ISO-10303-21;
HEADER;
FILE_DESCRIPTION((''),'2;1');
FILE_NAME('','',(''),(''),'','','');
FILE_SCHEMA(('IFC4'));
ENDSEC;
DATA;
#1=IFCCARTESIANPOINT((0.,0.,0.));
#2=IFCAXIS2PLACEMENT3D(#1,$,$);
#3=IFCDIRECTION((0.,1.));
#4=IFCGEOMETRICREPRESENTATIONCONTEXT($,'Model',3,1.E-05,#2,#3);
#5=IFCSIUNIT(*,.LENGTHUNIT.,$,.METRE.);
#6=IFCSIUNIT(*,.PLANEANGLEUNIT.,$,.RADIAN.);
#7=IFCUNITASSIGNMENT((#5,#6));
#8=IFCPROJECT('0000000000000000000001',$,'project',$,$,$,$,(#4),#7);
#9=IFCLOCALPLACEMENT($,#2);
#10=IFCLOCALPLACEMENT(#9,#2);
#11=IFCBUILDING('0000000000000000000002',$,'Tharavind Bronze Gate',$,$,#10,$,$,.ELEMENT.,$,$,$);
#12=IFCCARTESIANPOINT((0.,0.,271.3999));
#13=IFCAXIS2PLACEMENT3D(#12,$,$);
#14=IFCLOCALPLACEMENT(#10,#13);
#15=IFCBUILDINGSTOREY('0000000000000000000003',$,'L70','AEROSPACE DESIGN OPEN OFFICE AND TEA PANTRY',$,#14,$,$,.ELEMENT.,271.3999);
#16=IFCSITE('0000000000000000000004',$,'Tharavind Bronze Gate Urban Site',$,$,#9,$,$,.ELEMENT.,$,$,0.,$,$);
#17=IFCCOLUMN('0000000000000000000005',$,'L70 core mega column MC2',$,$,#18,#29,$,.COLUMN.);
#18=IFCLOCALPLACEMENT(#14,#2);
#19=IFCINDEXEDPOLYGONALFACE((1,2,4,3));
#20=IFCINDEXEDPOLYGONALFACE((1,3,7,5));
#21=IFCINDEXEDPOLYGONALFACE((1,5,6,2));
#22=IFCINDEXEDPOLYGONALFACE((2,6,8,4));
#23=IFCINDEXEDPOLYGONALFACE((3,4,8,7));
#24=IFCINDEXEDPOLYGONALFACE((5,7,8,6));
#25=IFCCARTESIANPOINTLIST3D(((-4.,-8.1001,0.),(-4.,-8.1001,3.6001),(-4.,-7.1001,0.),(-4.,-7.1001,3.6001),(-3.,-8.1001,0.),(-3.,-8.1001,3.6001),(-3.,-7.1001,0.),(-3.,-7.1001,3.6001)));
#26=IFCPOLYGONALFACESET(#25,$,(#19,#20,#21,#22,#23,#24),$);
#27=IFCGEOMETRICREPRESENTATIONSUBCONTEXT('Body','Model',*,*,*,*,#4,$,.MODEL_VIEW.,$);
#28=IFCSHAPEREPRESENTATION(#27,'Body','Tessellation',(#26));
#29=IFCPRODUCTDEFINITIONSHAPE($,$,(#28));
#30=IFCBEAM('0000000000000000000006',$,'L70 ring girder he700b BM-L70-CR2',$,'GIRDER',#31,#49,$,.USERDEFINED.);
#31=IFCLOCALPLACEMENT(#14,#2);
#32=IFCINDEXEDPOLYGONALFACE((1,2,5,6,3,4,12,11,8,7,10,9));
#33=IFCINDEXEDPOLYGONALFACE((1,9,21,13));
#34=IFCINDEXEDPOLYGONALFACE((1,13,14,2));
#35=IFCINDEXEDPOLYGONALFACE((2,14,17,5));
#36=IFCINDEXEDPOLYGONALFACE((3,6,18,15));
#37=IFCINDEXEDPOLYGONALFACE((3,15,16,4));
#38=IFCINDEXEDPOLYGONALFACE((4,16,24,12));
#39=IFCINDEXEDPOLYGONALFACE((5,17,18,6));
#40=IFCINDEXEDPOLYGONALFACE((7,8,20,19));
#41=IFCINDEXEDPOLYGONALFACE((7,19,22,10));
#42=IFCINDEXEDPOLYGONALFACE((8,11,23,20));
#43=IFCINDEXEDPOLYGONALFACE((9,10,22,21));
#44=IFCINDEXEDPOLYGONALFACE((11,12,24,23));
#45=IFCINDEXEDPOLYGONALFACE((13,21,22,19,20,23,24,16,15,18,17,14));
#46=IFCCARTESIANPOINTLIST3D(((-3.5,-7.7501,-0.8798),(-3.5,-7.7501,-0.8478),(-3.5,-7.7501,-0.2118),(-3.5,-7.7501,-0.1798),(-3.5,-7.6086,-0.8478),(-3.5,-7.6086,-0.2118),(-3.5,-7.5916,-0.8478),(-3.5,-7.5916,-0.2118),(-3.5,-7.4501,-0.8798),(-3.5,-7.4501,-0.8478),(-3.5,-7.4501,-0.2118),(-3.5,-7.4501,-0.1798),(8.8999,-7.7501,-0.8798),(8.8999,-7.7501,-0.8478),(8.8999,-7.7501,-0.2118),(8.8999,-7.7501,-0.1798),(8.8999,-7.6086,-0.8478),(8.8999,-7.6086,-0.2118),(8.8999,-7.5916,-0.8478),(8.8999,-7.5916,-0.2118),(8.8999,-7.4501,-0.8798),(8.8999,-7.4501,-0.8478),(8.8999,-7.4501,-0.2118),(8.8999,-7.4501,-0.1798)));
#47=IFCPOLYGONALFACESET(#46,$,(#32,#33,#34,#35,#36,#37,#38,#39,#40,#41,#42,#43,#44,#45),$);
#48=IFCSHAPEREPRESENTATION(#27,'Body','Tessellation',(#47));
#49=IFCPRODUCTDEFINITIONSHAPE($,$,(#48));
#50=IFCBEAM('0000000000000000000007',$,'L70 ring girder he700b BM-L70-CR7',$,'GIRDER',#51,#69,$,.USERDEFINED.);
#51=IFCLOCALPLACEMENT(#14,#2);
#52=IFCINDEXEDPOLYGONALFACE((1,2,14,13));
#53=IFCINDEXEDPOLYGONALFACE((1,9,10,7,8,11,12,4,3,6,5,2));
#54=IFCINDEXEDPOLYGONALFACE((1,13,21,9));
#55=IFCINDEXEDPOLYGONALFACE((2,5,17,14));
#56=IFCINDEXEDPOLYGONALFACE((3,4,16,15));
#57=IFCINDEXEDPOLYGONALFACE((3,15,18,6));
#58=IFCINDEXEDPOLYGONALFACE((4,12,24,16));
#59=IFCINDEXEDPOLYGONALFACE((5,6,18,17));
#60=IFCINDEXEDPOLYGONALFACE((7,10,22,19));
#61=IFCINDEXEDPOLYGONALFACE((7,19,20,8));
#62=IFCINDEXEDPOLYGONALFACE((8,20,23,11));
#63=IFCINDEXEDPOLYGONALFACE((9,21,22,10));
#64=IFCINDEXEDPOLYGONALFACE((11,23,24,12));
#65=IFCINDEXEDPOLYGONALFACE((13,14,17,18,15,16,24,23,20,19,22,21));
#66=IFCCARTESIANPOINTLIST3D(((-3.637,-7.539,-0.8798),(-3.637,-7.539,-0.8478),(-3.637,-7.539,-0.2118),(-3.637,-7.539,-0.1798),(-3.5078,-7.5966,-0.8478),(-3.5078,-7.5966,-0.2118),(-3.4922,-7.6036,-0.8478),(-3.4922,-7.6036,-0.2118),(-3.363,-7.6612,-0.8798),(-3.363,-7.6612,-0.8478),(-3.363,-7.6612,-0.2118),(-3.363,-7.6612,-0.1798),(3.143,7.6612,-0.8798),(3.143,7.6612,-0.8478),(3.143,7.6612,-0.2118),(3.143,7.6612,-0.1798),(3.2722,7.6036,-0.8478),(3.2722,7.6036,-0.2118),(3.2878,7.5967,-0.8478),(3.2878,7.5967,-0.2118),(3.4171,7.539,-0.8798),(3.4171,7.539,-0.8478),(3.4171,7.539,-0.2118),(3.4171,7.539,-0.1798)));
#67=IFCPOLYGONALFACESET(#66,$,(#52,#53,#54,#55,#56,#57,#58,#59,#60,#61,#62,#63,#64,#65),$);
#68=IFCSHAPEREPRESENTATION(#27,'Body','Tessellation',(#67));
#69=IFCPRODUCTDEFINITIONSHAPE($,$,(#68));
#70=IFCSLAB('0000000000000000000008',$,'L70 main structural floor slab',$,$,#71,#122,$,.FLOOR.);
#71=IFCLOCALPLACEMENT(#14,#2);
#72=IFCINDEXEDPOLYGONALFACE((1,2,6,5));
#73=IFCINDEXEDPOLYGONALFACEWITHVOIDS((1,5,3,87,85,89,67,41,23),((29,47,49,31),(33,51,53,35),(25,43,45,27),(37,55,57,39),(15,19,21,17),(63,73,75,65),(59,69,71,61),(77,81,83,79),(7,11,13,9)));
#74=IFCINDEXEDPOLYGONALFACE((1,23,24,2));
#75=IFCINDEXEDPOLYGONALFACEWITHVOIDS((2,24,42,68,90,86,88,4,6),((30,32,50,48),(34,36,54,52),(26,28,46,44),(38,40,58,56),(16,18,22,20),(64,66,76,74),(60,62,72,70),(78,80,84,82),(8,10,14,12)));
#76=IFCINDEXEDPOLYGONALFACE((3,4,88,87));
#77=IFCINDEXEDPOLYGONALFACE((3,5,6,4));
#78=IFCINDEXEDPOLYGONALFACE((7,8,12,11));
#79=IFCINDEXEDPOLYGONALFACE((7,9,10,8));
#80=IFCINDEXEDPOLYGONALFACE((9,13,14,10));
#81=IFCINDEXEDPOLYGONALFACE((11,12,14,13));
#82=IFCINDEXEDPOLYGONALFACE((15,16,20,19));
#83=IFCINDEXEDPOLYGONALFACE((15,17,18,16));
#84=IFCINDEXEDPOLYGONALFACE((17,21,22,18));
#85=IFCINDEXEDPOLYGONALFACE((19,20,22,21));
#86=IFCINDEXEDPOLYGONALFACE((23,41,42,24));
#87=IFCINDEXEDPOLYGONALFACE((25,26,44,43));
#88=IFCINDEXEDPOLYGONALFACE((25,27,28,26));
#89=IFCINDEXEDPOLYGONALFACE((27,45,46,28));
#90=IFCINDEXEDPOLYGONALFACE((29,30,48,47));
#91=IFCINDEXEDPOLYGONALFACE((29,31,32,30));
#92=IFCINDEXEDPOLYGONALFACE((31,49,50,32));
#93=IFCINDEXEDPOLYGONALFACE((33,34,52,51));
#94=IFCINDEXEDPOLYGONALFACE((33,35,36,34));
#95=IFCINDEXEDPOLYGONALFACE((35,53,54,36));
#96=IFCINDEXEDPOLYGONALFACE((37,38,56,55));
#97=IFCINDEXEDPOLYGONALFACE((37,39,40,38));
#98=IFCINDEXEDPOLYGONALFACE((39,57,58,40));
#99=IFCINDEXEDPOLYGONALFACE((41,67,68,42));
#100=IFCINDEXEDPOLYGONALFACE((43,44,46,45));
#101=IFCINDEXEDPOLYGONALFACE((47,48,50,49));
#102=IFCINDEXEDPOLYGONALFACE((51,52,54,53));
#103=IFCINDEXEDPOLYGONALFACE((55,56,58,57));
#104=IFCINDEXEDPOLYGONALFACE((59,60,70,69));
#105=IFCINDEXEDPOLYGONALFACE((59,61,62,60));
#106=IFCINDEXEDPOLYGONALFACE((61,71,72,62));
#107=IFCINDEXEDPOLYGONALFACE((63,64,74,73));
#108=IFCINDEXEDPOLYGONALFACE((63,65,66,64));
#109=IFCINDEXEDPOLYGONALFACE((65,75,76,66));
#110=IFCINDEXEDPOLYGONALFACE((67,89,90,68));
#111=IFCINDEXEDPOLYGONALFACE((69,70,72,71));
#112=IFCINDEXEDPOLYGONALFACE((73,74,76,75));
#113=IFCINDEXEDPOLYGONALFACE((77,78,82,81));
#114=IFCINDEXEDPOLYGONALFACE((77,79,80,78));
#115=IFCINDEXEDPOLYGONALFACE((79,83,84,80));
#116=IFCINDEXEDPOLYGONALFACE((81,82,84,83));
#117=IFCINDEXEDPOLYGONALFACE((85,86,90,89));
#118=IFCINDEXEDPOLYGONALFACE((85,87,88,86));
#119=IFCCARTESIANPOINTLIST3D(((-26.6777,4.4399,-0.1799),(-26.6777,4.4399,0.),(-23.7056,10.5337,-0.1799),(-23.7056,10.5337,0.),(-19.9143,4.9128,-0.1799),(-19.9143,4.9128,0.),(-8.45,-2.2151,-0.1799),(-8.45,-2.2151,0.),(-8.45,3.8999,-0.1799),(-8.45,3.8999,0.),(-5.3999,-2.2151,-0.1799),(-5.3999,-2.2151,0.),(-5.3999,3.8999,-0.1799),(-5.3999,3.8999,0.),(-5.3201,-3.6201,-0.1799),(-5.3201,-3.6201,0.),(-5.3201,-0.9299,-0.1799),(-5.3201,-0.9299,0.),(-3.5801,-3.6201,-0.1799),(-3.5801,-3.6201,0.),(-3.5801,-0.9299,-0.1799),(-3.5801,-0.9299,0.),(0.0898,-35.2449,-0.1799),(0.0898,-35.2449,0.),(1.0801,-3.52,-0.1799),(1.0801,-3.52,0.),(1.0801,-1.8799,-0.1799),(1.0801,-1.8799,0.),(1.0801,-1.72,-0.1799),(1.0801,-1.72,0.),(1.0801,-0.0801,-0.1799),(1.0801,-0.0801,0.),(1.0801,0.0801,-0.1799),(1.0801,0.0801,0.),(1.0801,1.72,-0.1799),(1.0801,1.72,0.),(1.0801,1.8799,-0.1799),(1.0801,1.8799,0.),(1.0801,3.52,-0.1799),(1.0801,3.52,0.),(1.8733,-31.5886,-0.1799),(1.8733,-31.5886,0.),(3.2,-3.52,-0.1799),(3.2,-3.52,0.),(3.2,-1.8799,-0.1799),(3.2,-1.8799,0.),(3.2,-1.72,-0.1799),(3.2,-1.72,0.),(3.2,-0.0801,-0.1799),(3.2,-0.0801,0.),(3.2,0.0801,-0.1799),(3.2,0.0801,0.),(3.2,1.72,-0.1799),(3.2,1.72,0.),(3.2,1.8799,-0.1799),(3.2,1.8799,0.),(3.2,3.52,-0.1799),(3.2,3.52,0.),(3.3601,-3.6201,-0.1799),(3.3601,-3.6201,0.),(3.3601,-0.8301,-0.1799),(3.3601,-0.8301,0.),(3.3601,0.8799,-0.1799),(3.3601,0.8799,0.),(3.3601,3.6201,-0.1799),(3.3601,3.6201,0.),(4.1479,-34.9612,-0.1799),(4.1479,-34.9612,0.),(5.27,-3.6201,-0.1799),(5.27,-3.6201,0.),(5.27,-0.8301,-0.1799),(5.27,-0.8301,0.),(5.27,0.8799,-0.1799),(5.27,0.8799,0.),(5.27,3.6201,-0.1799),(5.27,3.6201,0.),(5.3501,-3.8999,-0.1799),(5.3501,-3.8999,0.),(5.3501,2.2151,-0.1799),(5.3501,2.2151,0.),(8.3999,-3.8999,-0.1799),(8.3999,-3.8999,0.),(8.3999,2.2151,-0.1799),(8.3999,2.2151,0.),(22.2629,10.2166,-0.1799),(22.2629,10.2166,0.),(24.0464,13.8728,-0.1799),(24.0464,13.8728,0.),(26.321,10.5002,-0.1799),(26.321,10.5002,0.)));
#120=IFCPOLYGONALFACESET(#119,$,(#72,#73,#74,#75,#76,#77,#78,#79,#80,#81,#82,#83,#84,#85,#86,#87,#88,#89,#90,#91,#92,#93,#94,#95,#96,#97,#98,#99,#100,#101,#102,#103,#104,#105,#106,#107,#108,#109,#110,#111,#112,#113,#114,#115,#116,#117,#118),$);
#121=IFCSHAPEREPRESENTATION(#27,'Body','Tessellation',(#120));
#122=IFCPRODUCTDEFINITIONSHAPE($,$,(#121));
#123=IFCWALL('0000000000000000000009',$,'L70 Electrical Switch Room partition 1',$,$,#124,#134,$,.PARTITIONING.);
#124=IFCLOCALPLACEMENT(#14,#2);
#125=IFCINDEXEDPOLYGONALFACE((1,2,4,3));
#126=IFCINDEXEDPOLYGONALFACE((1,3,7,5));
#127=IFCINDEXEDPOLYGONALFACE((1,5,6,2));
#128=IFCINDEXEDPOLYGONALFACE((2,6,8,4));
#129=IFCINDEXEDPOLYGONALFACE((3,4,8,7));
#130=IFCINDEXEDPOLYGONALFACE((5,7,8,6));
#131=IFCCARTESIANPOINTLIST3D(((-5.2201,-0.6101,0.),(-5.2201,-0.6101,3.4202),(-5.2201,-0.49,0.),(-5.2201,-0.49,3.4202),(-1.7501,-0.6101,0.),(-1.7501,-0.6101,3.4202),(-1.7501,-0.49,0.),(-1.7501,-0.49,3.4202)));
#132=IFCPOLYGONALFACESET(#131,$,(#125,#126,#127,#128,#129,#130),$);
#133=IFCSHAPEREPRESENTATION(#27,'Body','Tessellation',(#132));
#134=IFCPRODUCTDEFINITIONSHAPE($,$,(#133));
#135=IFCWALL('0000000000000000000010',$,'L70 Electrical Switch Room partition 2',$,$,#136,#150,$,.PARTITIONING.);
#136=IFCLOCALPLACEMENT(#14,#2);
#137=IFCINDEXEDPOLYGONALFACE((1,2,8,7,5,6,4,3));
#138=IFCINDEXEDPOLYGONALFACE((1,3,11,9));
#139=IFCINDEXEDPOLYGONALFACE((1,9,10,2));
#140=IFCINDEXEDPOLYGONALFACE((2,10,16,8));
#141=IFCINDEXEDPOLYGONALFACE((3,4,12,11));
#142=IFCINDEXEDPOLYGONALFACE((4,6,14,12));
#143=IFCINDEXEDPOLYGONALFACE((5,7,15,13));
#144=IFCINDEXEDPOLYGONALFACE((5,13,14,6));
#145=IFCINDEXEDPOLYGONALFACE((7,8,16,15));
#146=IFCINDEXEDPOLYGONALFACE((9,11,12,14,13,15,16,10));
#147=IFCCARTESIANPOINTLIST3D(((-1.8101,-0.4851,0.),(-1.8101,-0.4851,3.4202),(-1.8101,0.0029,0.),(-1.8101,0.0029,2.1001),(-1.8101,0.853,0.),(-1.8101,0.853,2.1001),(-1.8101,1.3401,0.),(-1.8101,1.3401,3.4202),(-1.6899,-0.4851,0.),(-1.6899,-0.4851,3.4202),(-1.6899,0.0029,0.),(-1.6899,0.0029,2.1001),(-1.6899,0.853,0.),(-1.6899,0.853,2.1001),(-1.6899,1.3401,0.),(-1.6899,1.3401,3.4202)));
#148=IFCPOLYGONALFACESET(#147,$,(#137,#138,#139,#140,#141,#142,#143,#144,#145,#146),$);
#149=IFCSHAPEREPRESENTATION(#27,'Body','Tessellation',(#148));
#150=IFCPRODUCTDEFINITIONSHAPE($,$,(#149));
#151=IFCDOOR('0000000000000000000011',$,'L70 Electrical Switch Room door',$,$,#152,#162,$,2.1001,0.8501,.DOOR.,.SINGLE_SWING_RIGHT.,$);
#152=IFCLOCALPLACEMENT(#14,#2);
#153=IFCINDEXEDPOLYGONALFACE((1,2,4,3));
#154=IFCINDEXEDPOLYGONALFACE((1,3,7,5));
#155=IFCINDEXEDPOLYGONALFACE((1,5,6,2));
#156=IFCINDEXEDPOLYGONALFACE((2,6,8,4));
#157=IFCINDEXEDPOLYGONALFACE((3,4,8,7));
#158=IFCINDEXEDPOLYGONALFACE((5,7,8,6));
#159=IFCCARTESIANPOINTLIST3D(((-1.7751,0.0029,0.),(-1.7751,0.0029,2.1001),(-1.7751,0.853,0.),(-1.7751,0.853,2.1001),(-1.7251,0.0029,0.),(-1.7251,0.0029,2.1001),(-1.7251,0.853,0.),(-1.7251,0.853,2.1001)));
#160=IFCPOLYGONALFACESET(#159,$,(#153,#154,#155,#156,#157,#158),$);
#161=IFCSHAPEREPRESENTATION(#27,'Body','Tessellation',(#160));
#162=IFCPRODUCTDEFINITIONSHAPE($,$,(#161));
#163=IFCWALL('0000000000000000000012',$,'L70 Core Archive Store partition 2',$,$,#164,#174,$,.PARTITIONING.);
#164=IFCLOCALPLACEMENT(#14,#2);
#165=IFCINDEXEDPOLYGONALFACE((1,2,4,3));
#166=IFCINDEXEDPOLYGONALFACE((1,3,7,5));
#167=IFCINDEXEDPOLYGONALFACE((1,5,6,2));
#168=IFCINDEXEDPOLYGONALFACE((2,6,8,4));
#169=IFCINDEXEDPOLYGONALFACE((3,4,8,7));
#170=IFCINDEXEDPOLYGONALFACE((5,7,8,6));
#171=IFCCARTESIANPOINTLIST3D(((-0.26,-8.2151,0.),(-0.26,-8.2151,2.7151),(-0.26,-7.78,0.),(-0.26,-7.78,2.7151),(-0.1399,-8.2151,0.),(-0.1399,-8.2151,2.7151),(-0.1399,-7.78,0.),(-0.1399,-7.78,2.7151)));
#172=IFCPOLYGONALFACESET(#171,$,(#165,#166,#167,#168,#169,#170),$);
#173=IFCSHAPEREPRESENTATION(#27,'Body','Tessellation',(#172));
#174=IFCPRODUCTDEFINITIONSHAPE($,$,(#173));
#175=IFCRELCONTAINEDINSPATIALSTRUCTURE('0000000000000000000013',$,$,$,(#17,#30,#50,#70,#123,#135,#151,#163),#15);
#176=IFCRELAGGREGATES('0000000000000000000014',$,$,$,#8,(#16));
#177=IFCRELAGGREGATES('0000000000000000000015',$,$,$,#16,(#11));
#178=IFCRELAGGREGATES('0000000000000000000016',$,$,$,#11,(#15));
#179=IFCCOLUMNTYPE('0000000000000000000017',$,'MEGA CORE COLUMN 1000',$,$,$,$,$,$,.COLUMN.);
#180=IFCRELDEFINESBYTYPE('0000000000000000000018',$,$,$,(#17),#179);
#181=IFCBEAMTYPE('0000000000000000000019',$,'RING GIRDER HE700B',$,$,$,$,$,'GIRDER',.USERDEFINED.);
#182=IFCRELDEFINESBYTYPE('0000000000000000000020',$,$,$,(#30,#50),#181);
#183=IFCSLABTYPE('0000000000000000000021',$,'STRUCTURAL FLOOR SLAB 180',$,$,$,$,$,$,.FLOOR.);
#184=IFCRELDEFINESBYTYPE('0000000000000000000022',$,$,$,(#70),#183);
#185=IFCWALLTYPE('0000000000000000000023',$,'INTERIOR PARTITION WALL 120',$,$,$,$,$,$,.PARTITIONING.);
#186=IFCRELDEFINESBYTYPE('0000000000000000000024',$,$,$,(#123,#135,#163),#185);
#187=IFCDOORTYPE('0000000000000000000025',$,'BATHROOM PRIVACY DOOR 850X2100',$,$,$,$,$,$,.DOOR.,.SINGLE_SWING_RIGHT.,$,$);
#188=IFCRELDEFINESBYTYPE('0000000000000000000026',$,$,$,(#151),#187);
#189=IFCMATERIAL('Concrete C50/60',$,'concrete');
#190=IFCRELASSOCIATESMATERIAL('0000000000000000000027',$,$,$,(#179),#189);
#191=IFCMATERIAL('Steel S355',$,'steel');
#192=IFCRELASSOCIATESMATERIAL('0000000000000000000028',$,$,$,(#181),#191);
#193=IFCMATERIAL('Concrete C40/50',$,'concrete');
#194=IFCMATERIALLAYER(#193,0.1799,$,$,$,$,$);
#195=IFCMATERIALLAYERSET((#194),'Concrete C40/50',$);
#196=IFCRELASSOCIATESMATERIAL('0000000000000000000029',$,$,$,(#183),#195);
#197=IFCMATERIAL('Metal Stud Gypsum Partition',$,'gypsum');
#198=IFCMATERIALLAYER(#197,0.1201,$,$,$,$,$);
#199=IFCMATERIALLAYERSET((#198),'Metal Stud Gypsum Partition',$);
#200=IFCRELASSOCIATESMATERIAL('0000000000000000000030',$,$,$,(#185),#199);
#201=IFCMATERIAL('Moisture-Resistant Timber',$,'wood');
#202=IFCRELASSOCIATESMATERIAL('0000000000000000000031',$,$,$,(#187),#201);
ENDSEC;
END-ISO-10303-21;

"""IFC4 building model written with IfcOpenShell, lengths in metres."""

from ifc_helpers import new_model, si_unit, direction, frame, frame_2d, origin, origin_2d, place, context, subcontext, project, spatial, polyline, rectangle, i_section, outline, extrude, material, layer, layer_set, material_profile, profile_set, type_object, element, fill, save


model = new_model("IFC4")

# Units and contexts
model_context = context("Model", 3, precision=1e-05, world=origin(), true_north=direction((0.0, 1.0)))
body_context = subcontext(model_context, "Body", "Model", "MODEL_VIEW")
ifc_project = project(units=[si_unit("LENGTHUNIT", "METRE"), si_unit("PLANEANGLEUNIT", "RADIAN")], contexts=[model_context])

# Site, building, storey
site_placement = place(None, origin())
site = spatial("IfcSite", under=ifc_project, at=site_placement, Name="Tharavind Bronze Gate Urban Site", CompositionType="ELEMENT", RefElevation=0.0)
building_placement = place(site_placement, origin())
building = spatial("IfcBuilding", under=site, at=building_placement, Name="Tharavind Bronze Gate", CompositionType="ELEMENT")
storey_placement = place(building_placement, frame((0.0, 0.0, 271.3999)))
storey = spatial("IfcBuildingStorey", under=building, at=storey_placement, Name="L70", Description="AEROSPACE DESIGN OPEN OFFICE AND TEA PANTRY", CompositionType="ELEMENT", Elevation=271.3999)

# Column
ifc_material_1 = material(Name="Concrete C50/60", Category="concrete")
ifc_material_profile_1 = material_profile(ifc_material_1, rectangle(XDim=1.0, YDim=1.0, at=origin_2d()), Name="RCCOL1000")
ifc_profile_set_1 = profile_set([ifc_material_profile_1], Name="Concrete C50/60")
column_type = type_object("IfcColumnType", Name="MEGA CORE COLUMN 1000", PredefinedType="COLUMN", material=ifc_profile_set_1)
column_placement = place(storey_placement, frame((-3.5, -7.6001, 0.0), z_axis=(0.0, 0.0, 1.0), x_axis=(1.0, 0.0, 0.0)))
element("IfcColumn", 1, at=column_placement, inside=storey, type_object=column_type, Name="L70 core mega column MC2", PredefinedType="COLUMN", context=body_context, shape_type="SweptSolid", body=[
    extrude(rectangle(XDim=1.0, YDim=1.0, at=origin_2d()), origin(), (0.0, 0.0, 1.0), 3.6001),
])

# Beams
ifc_material_2 = material(Name="Steel S355", Category="steel")
ifc_material_profile_2 = material_profile(ifc_material_2, i_section(OverallWidth=0.3, OverallDepth=0.7, WebThickness=0.0171, FlangeThickness=0.032, at=origin_2d()), Name="HE700B")
ifc_profile_set_2 = profile_set([ifc_material_profile_2], Name="Steel S355")
beam_type = type_object("IfcBeamType", Name="RING GIRDER HE700B", ElementType="GIRDER", PredefinedType="USERDEFINED", material=ifc_profile_set_2)
beam_1_placement = place(storey_placement, frame((-3.5, -7.6001, -0.5298), z_axis=(1.0, 0.0, 0.0), x_axis=(0.0, 1.0, 0.0)))
element("IfcBeam", 2, at=beam_1_placement, inside=storey, type_object=beam_type, Name="L70 ring girder he700b BM-L70-CR2", ObjectType="GIRDER", PredefinedType="USERDEFINED", context=body_context, shape_type="SweptSolid", body=[
    extrude(i_section(OverallWidth=0.3, OverallDepth=0.7, WebThickness=0.0171, FlangeThickness=0.032, at=origin_2d()), origin(), (0.0, 0.0, 1.0), 12.3999),
])
beam_2_placement = place(storey_placement, frame((-3.5, -7.6001, -0.5298), z_axis=(0.407362, 0.913267, 0.0), x_axis=(-0.913267, 0.407362, 0.0)))
element("IfcBeam", 3, at=beam_2_placement, inside=storey, type_object=beam_type, Name="L70 ring girder he700b BM-L70-CR7", ObjectType="GIRDER", PredefinedType="USERDEFINED", context=body_context, shape_type="SweptSolid", body=[
    extrude(i_section(OverallWidth=0.3, OverallDepth=0.7, WebThickness=0.0171, FlangeThickness=0.032, at=origin_2d()), origin(), (0.0, 0.0, 1.0), 16.6438),
])

# Slab
ifc_material_3 = material(Name="Concrete C40/50", Category="concrete")
ifc_layer_1 = layer(ifc_material_3, 0.1799)
ifc_layer_set_1 = layer_set([ifc_layer_1], Name="Concrete C40/50")
slab_type = type_object("IfcSlabType", Name="STRUCTURAL FLOOR SLAB 180", PredefinedType="FLOOR", material=ifc_layer_set_1)
slab_placement = place(storey_placement, frame((0.0, 0.0, -0.1799)))
element("IfcSlab", 4, at=slab_placement, inside=storey, type_object=slab_type, Name="L70 main structural floor slab", PredefinedType="FLOOR", context=body_context, shape_type="SweptSolid", body=[
    extrude(outline(polyline([(-23.7056, 10.5337), (-19.9143, 4.9128), (-26.6777, 4.4399), (0.0898, -35.2449), (1.8733, -31.5886), (4.1479, -34.9612), (26.321, 10.5002), (22.2629, 10.2166), (24.0464, 13.8728), (-23.7056, 10.5337)]), holes=[polyline([(-5.3999, -2.2151), (-5.3999, 3.8999), (-8.45, 3.8999), (-8.45, -2.2151), (-5.3999, -2.2151)]), polyline([(5.3501, 2.2151), (5.3501, -3.8999), (8.3999, -3.8999), (8.3999, 2.2151), (5.3501, 2.2151)]), polyline([(1.0801, -3.52), (3.2, -3.52), (3.2, -1.8799), (1.0801, -1.8799), (1.0801, -3.52)]), polyline([(1.0801, -1.72), (3.2, -1.72), (3.2, -0.0801), (1.0801, -0.0801), (1.0801, -1.72)]), polyline([(1.0801, 0.0801), (3.2, 0.0801), (3.2, 1.72), (1.0801, 1.72), (1.0801, 0.0801)]), polyline([(1.0801, 1.8799), (3.2, 1.8799), (3.2, 3.52), (1.0801, 3.52), (1.0801, 1.8799)]), polyline([(-5.3201, -3.6201), (-3.5801, -3.6201), (-3.5801, -0.9299), (-5.3201, -0.9299), (-5.3201, -3.6201)]), polyline([(3.3601, 0.8799), (5.27, 0.8799), (5.27, 3.6201), (3.3601, 3.6201), (3.3601, 0.8799)]), polyline([(3.3601, -3.6201), (5.27, -3.6201), (5.27, -0.8301), (3.3601, -0.8301), (3.3601, -3.6201)])]), origin(), (0.0, 0.0, 1.0), 0.1799),
])

# Wall
ifc_material_4 = material(Name="Metal Stud Gypsum Partition", Category="gypsum")
ifc_layer_2 = layer(ifc_material_4, 0.1201)
ifc_layer_set_2 = layer_set([ifc_layer_2], Name="Metal Stud Gypsum Partition")
wall_type_1 = type_object("IfcWallType", Name="INTERIOR PARTITION WALL 120", PredefinedType="PARTITIONING", material=ifc_layer_set_2)
wall_1_placement = place(storey_placement, frame((-5.22, -0.55, 0.0), z_axis=(0.0, 0.0, 1.0), x_axis=(1.0, 0.0, 0.0)))
element("IfcWall", 5, at=wall_1_placement, inside=storey, type_object=wall_type_1, Name="L70 Electrical Switch Room partition 1", PredefinedType="PARTITIONING", context=body_context, shape_type="SweptSolid", body=[
    extrude(rectangle(XDim=3.47, YDim=0.1201, at=frame_2d((1.7349, 0.0))), origin(), (0.0, 0.0, 1.0), 3.4202),
])

# Wall, opening, door
wall_2_placement = place(storey_placement, frame((-1.75, -0.4851, 0.0), z_axis=(0.0, 0.0, 1.0), x_axis=(0.0, 1.0, 0.0)))
wall_2 = element("IfcWall", 6, at=wall_2_placement, inside=storey, type_object=wall_type_1, Name="L70 Electrical Switch Room partition 2", PredefinedType="PARTITIONING", context=body_context, shape_type="SweptSolid", body=[
    extrude(rectangle(XDim=1.8252, YDim=0.1201, at=frame_2d((0.9126, 0.0))), origin(), (0.0, 0.0, 1.0), 3.4202),
])
opening_1_placement = place(wall_2_placement, frame((0.488, 0.0, 0.0)))
opening_1 = element("IfcOpeningElement", 7, at=opening_1_placement, cuts=wall_2, PredefinedType="OPENING", context=body_context, shape_type="SweptSolid", body=[
    extrude(rectangle(XDim=0.8501, YDim=2.1001, at=frame_2d((0.425, 1.05))), frame((0.0, 0.0701, 0.0), z_axis=(0.0, -1.0, 0.0), x_axis=(1.0, 0.0, 0.0)), (0.0, 0.0, 1.0), 0.1401),
])
ifc_material_5 = material(Name="Moisture-Resistant Timber", Category="wood")
door_type_1 = type_object("IfcDoorType", Name="BATHROOM PRIVACY DOOR 850X2100", OperationType="SINGLE_SWING_RIGHT", PredefinedType="DOOR", material=ifc_material_5)
door_1_placement = place(opening_1_placement, frame((0.8501, 0.0, 0.0), z_axis=(0.0, 0.0, 1.0), x_axis=(-1.0, 0.0, 0.0)))
door_1 = element("IfcDoor", 8, at=door_1_placement, inside=storey, type_object=door_type_1, Name="L70 Electrical Switch Room door", OperationType="SINGLE_SWING_RIGHT", OverallHeight=2.1001, OverallWidth=0.8501, PredefinedType="DOOR", context=body_context, shape_type="SweptSolid", body=[
    extrude(rectangle(XDim=0.8501, YDim=2.1001, at=frame_2d((0.425, 1.05))), frame((0.0, 0.0249, 0.0), z_axis=(0.0, -1.0, 0.0), x_axis=(1.0, 0.0, 0.0)), (0.0, 0.0, 1.0), 0.05),
])
fill(opening_1, door_1)

# Wall
wall_3_placement = place(storey_placement, frame((-0.2, -8.2151, 0.0), z_axis=(0.0, 0.0, 1.0), x_axis=(0.0, 1.0, 0.0)))
element("IfcWall", 9, at=wall_3_placement, inside=storey, type_object=wall_type_1, Name="L70 Core Archive Store partition 2", PredefinedType="PARTITIONING", context=body_context, shape_type="SweptSolid", body=[
    extrude(rectangle(XDim=0.4351, YDim=0.1201, at=frame_2d((0.2175, 0.0))), origin(), (0.0, 0.0, 1.0), 2.7151),
])

save(model, "model.ifc")
